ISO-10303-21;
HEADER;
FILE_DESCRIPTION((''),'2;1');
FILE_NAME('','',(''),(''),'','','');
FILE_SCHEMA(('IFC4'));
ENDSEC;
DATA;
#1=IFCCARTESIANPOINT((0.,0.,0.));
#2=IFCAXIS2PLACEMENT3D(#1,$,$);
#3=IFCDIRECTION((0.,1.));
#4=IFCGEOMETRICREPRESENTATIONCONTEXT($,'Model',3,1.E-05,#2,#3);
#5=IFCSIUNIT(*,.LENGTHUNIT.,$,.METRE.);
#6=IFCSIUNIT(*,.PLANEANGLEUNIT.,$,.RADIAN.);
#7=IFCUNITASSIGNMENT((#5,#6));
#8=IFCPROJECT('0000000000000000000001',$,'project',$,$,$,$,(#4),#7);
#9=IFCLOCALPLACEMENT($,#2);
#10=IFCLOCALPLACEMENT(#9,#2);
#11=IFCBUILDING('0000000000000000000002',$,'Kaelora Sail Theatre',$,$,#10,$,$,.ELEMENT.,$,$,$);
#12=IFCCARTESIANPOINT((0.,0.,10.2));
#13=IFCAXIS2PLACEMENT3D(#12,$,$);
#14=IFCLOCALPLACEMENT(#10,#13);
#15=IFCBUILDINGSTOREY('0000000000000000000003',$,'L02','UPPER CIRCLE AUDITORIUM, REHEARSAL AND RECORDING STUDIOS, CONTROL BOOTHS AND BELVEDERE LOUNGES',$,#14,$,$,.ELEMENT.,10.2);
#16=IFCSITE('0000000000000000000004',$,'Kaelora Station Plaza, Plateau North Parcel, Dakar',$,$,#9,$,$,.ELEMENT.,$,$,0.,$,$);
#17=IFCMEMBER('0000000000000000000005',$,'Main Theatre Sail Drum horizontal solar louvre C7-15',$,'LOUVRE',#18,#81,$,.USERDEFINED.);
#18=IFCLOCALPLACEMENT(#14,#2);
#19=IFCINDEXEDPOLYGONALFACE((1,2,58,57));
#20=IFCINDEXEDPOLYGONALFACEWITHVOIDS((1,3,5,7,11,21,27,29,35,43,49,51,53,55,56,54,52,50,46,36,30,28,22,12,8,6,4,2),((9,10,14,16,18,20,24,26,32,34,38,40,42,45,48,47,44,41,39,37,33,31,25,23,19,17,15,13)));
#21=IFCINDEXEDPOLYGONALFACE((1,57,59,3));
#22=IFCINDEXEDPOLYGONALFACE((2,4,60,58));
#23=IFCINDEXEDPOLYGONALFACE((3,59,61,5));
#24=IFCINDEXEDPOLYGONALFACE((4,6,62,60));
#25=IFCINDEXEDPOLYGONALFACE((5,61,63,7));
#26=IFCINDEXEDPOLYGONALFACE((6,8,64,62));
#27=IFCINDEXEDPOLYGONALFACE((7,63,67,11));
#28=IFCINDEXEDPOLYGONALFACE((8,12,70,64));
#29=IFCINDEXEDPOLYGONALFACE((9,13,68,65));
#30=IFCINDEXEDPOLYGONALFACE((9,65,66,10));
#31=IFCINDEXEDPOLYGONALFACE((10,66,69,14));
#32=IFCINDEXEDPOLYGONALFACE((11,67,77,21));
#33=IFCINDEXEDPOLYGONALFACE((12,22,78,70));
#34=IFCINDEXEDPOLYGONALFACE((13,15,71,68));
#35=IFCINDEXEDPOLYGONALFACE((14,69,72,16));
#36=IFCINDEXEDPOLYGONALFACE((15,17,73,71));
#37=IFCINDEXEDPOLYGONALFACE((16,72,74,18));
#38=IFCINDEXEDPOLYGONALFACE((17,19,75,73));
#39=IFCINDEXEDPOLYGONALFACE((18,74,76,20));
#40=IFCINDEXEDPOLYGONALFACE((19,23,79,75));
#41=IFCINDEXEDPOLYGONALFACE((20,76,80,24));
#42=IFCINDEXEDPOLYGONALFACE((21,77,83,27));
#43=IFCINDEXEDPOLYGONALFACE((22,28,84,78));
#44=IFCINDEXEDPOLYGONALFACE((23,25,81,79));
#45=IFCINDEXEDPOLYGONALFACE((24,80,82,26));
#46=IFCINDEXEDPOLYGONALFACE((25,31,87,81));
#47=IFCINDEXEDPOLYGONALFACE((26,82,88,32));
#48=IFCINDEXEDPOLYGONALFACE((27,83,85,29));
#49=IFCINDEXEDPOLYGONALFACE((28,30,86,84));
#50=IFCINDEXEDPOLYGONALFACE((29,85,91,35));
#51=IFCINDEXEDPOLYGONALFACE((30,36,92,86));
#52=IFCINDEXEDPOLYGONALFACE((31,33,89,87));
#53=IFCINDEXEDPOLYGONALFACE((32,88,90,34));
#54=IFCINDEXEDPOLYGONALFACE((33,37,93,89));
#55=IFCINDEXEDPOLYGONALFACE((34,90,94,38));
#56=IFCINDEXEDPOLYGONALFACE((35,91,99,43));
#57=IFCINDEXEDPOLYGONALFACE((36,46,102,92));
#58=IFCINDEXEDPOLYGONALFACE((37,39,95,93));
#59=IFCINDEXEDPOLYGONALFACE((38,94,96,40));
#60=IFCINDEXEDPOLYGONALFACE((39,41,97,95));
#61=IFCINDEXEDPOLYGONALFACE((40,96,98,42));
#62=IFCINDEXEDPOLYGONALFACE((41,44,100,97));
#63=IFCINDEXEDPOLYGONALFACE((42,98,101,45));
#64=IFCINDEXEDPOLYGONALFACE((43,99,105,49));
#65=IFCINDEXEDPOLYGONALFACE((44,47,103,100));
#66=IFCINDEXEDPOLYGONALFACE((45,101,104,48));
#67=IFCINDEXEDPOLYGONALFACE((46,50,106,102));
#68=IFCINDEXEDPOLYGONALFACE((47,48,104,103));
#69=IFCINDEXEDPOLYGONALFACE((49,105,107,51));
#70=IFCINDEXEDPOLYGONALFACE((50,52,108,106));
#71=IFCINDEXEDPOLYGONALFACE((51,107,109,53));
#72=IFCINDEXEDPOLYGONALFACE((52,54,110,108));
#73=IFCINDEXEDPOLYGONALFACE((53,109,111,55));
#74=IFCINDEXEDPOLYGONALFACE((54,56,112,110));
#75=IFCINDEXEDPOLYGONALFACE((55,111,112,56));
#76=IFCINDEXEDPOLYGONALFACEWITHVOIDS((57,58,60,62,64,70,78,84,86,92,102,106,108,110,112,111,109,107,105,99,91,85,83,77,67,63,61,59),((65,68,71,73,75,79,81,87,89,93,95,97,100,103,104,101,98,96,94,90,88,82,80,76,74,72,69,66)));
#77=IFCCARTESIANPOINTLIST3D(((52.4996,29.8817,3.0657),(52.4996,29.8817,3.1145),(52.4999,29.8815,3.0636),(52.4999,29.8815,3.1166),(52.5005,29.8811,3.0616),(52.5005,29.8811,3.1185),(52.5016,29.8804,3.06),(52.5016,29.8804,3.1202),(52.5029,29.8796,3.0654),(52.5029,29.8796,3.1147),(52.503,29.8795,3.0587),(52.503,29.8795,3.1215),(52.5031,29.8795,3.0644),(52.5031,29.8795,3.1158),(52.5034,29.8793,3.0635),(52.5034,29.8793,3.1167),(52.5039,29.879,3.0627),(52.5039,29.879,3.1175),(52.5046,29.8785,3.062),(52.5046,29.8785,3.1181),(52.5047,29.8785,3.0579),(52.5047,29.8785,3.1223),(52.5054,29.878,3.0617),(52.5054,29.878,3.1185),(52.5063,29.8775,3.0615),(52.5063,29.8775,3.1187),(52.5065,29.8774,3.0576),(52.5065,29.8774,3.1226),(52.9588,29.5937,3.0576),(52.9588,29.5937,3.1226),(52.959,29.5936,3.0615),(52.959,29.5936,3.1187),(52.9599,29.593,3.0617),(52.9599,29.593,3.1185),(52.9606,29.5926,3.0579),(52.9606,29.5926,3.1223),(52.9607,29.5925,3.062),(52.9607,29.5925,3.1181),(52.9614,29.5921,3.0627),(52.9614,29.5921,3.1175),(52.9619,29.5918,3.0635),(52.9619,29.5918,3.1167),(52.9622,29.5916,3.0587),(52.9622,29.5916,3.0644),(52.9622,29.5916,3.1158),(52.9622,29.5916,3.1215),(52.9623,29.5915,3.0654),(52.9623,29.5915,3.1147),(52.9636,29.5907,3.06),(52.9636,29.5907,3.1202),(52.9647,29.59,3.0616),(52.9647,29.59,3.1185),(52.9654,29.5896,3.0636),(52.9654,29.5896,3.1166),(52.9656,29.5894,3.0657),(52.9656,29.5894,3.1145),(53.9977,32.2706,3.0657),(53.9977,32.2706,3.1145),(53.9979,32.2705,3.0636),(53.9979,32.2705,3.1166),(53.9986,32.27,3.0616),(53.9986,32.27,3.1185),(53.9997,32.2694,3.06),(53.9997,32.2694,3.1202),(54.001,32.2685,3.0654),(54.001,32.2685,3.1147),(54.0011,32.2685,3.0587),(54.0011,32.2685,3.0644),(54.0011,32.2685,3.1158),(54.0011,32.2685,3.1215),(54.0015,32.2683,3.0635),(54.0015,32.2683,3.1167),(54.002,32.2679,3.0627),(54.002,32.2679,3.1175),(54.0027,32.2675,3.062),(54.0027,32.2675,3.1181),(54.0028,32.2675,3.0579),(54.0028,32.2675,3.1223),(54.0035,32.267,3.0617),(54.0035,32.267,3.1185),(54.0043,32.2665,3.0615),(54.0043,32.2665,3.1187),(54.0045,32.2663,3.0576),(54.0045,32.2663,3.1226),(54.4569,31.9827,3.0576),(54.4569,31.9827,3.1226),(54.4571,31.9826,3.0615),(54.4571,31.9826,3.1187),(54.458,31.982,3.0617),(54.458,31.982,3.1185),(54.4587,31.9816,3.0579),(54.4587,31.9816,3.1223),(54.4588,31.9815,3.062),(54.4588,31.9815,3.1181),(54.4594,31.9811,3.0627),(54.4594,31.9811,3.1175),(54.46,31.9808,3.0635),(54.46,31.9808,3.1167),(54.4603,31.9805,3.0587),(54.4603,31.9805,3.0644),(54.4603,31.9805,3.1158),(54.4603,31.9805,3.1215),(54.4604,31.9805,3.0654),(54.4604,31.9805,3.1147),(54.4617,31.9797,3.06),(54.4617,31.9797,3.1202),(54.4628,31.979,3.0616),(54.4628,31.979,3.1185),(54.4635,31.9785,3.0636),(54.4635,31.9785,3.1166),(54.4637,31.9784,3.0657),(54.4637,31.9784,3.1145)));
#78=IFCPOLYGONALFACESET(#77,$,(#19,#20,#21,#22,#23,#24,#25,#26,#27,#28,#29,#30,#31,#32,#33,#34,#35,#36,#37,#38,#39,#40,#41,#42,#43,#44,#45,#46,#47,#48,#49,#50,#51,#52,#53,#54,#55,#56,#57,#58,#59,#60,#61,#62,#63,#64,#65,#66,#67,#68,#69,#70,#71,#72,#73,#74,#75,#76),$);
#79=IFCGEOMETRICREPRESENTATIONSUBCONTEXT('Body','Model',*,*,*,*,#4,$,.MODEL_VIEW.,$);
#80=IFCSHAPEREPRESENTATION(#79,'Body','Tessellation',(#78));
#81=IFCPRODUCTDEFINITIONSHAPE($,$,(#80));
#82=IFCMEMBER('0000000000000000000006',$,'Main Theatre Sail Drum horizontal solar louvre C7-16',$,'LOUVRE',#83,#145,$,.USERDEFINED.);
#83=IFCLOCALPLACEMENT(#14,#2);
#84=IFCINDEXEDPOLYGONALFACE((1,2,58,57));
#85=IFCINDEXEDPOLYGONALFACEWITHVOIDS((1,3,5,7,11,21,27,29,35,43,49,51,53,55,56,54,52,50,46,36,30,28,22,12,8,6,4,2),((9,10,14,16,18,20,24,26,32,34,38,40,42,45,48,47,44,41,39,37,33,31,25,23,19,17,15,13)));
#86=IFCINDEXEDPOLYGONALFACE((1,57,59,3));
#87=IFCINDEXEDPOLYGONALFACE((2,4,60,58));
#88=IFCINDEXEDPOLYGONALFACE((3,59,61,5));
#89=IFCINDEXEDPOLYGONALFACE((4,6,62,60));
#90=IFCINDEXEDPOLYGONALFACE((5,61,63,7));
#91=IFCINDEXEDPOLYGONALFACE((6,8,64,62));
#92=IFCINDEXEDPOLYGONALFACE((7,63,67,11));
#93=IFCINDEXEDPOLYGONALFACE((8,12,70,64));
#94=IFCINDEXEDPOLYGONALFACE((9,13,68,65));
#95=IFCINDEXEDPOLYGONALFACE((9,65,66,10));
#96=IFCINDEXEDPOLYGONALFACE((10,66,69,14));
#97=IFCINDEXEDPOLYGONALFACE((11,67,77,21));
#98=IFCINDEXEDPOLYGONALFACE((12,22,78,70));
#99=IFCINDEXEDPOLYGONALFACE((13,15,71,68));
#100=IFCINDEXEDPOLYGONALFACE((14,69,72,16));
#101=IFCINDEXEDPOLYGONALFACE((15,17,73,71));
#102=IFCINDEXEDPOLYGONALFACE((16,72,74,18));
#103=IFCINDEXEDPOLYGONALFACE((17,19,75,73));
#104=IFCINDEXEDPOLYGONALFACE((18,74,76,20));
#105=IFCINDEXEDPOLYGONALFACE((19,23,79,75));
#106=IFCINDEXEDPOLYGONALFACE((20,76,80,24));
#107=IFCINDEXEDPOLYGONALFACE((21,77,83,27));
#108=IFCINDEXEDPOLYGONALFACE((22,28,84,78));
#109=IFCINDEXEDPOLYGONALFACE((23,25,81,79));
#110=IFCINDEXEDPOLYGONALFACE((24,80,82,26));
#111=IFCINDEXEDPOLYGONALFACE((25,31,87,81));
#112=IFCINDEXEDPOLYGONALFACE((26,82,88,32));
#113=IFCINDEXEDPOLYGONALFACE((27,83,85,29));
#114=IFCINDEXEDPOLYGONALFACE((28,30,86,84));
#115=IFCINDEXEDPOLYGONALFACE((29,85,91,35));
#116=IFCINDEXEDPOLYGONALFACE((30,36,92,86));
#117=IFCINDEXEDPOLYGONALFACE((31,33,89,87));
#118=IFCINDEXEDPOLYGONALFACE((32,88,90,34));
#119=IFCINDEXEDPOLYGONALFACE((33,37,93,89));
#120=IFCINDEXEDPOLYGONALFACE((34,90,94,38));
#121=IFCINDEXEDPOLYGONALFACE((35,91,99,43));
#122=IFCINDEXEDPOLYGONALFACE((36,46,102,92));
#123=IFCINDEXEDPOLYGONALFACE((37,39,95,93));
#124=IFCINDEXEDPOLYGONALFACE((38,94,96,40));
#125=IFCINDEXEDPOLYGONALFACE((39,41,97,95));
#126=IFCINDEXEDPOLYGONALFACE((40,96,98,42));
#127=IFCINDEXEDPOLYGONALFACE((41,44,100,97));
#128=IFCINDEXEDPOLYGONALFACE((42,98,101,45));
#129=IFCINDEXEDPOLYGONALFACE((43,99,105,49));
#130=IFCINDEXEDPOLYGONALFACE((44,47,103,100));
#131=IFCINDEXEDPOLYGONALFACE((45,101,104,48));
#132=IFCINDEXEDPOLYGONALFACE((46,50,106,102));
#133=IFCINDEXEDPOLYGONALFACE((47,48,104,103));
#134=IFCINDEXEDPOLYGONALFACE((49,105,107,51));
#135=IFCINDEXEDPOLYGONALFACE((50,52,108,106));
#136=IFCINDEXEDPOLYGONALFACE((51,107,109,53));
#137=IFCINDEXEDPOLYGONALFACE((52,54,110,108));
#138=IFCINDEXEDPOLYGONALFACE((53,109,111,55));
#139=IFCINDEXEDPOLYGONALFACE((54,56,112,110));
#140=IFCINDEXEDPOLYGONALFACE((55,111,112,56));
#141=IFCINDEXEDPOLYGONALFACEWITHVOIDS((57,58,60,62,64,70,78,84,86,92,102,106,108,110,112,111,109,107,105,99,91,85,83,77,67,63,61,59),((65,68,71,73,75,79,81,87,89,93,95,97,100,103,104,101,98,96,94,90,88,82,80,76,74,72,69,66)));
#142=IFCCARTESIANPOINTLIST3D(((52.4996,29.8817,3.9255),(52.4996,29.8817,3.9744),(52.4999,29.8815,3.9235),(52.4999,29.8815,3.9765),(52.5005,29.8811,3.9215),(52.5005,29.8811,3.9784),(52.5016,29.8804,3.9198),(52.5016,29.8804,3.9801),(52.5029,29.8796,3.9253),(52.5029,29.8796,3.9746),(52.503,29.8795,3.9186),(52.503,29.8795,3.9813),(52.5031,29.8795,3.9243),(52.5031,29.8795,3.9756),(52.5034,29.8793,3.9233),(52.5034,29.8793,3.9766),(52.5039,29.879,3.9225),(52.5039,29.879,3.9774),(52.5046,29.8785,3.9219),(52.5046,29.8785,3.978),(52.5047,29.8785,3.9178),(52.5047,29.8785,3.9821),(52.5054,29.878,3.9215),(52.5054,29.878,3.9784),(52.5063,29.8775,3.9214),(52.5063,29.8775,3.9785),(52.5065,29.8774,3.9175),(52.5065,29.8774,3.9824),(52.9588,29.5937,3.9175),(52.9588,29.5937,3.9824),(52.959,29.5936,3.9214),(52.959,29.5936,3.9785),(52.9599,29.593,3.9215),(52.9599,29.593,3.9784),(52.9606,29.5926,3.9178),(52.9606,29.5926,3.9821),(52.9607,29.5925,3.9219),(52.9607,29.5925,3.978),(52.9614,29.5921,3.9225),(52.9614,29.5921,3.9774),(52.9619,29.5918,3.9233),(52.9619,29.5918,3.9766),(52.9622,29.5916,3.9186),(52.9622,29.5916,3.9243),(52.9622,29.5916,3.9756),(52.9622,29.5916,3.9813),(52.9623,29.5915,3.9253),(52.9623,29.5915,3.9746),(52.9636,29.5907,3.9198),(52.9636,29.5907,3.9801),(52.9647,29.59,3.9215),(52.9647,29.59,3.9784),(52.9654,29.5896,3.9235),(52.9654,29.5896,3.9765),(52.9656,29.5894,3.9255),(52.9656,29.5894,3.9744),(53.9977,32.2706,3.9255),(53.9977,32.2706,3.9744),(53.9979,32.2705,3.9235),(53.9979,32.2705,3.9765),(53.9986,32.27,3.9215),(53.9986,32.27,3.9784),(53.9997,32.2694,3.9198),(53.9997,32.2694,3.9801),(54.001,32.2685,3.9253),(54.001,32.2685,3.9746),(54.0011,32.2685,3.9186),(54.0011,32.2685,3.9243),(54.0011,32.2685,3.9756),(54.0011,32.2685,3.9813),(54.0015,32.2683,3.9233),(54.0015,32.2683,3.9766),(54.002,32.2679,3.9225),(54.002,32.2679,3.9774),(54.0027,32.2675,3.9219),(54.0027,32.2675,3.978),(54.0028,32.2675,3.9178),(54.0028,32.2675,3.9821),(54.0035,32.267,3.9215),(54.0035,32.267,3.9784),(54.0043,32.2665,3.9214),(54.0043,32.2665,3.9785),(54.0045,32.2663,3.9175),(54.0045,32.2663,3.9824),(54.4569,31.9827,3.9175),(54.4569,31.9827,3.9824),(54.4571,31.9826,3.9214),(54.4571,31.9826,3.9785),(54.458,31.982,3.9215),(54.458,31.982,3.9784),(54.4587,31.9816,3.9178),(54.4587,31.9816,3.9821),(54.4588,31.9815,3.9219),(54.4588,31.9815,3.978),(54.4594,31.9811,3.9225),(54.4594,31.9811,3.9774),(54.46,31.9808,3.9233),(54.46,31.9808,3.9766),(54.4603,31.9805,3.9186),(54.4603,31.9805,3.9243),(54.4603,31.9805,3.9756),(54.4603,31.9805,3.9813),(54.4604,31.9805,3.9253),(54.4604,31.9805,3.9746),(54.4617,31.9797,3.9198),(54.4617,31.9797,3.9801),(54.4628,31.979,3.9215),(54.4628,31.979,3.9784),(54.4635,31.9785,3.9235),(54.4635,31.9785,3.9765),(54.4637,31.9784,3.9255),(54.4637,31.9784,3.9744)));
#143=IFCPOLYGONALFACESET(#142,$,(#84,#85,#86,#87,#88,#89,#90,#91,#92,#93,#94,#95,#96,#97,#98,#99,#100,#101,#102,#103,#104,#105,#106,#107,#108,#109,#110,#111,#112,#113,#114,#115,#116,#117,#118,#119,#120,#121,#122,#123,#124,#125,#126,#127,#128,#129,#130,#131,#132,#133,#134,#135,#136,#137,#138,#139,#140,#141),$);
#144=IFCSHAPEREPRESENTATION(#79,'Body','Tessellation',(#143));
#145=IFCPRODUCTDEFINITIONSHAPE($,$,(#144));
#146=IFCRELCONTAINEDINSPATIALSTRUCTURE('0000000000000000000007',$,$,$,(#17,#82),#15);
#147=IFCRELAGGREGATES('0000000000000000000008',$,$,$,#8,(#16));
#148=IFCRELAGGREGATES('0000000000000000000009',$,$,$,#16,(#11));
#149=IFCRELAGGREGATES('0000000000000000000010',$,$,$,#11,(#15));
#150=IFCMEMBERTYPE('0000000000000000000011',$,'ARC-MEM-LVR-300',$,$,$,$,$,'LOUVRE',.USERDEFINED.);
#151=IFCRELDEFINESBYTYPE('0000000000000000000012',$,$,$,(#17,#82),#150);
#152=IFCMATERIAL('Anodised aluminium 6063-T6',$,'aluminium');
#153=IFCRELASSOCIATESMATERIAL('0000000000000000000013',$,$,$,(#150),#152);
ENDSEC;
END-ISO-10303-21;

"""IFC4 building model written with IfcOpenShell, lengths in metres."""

from ifc_helpers import new_model, si_unit, direction, frame, origin, origin_2d, place, context, subcontext, project, spatial, hollow_rectangle, extrude, material, material_profile, profile_set, type_object, element, save


model = new_model("IFC4")

# Units and contexts
model_context = context("Model", 3, precision=1e-05, world=origin(), true_north=direction((0.0, 1.0)))
body_context = subcontext(model_context, "Body", "Model", "MODEL_VIEW")
ifc_project = project(units=[si_unit("LENGTHUNIT", "METRE"), si_unit("PLANEANGLEUNIT", "RADIAN")], contexts=[model_context])

# Site, building, storey
site_placement = place(None, origin())
site = spatial("IfcSite", under=ifc_project, at=site_placement, Name="Kaelora Station Plaza, Plateau North Parcel, Dakar", CompositionType="ELEMENT", RefElevation=0.0)
building_placement = place(site_placement, origin())
building = spatial("IfcBuilding", under=site, at=building_placement, Name="Kaelora Sail Theatre", CompositionType="ELEMENT")
storey_placement = place(building_placement, frame((0.0, 0.0, 10.2)))
storey = spatial("IfcBuildingStorey", under=building, at=storey_placement, Name="L02", Description="UPPER CIRCLE AUDITORIUM, REHEARSAL AND RECORDING STUDIOS, CONTROL BOOTHS AND BELVEDERE LOUNGES", CompositionType="ELEMENT", Elevation=10.2)

# Members
ifc_material_1 = material(Name="Anodised aluminium 6063-T6", Category="aluminium")
ifc_material_profile_1 = material_profile(ifc_material_1, hollow_rectangle(XDim=0.55, YDim=0.0649, WallThickness=0.0039, InnerFilletRadius=0.0039, OuterFilletRadius=0.0081, at=origin_2d()), Name="LOUVRE 550x65x4")
ifc_profile_set_1 = profile_set([ifc_material_profile_1], Name="Anodised aluminium 6063-T6")
member_type = type_object("IfcMemberType", Name="ARC-MEM-LVR-300", ElementType="LOUVRE", PredefinedType="USERDEFINED", material=ifc_profile_set_1)
for number, where, z_axis, x_axis, name in (
    (1, (54.2307, 32.1245, 3.0901), (-0.531267, -0.847204, 0.0), (0.847204, -0.531267, 0.0), "Main Theatre Sail Drum horizontal solar louvre C7-15"),
    (2, (54.2307, 32.1245, 3.95), (-0.531267, -0.847204, 0.0), (0.847204, -0.531267, 0.0), "Main Theatre Sail Drum horizontal solar louvre C7-16"),
):
    element("IfcMember", number, at=place(storey_placement, frame(where, z_axis=z_axis, x_axis=x_axis)), inside=storey, type_object=member_type, Name=name, ObjectType="LOUVRE", PredefinedType="USERDEFINED", context=body_context, shape_type="SweptSolid", body=[
        extrude(hollow_rectangle(XDim=0.55, YDim=0.0649, WallThickness=0.0039, InnerFilletRadius=0.0039, OuterFilletRadius=0.0081, at=origin_2d()), origin(), (0.0, 0.0, 1.0), 2.8198),
    ])

save(model, "model.ifc")
